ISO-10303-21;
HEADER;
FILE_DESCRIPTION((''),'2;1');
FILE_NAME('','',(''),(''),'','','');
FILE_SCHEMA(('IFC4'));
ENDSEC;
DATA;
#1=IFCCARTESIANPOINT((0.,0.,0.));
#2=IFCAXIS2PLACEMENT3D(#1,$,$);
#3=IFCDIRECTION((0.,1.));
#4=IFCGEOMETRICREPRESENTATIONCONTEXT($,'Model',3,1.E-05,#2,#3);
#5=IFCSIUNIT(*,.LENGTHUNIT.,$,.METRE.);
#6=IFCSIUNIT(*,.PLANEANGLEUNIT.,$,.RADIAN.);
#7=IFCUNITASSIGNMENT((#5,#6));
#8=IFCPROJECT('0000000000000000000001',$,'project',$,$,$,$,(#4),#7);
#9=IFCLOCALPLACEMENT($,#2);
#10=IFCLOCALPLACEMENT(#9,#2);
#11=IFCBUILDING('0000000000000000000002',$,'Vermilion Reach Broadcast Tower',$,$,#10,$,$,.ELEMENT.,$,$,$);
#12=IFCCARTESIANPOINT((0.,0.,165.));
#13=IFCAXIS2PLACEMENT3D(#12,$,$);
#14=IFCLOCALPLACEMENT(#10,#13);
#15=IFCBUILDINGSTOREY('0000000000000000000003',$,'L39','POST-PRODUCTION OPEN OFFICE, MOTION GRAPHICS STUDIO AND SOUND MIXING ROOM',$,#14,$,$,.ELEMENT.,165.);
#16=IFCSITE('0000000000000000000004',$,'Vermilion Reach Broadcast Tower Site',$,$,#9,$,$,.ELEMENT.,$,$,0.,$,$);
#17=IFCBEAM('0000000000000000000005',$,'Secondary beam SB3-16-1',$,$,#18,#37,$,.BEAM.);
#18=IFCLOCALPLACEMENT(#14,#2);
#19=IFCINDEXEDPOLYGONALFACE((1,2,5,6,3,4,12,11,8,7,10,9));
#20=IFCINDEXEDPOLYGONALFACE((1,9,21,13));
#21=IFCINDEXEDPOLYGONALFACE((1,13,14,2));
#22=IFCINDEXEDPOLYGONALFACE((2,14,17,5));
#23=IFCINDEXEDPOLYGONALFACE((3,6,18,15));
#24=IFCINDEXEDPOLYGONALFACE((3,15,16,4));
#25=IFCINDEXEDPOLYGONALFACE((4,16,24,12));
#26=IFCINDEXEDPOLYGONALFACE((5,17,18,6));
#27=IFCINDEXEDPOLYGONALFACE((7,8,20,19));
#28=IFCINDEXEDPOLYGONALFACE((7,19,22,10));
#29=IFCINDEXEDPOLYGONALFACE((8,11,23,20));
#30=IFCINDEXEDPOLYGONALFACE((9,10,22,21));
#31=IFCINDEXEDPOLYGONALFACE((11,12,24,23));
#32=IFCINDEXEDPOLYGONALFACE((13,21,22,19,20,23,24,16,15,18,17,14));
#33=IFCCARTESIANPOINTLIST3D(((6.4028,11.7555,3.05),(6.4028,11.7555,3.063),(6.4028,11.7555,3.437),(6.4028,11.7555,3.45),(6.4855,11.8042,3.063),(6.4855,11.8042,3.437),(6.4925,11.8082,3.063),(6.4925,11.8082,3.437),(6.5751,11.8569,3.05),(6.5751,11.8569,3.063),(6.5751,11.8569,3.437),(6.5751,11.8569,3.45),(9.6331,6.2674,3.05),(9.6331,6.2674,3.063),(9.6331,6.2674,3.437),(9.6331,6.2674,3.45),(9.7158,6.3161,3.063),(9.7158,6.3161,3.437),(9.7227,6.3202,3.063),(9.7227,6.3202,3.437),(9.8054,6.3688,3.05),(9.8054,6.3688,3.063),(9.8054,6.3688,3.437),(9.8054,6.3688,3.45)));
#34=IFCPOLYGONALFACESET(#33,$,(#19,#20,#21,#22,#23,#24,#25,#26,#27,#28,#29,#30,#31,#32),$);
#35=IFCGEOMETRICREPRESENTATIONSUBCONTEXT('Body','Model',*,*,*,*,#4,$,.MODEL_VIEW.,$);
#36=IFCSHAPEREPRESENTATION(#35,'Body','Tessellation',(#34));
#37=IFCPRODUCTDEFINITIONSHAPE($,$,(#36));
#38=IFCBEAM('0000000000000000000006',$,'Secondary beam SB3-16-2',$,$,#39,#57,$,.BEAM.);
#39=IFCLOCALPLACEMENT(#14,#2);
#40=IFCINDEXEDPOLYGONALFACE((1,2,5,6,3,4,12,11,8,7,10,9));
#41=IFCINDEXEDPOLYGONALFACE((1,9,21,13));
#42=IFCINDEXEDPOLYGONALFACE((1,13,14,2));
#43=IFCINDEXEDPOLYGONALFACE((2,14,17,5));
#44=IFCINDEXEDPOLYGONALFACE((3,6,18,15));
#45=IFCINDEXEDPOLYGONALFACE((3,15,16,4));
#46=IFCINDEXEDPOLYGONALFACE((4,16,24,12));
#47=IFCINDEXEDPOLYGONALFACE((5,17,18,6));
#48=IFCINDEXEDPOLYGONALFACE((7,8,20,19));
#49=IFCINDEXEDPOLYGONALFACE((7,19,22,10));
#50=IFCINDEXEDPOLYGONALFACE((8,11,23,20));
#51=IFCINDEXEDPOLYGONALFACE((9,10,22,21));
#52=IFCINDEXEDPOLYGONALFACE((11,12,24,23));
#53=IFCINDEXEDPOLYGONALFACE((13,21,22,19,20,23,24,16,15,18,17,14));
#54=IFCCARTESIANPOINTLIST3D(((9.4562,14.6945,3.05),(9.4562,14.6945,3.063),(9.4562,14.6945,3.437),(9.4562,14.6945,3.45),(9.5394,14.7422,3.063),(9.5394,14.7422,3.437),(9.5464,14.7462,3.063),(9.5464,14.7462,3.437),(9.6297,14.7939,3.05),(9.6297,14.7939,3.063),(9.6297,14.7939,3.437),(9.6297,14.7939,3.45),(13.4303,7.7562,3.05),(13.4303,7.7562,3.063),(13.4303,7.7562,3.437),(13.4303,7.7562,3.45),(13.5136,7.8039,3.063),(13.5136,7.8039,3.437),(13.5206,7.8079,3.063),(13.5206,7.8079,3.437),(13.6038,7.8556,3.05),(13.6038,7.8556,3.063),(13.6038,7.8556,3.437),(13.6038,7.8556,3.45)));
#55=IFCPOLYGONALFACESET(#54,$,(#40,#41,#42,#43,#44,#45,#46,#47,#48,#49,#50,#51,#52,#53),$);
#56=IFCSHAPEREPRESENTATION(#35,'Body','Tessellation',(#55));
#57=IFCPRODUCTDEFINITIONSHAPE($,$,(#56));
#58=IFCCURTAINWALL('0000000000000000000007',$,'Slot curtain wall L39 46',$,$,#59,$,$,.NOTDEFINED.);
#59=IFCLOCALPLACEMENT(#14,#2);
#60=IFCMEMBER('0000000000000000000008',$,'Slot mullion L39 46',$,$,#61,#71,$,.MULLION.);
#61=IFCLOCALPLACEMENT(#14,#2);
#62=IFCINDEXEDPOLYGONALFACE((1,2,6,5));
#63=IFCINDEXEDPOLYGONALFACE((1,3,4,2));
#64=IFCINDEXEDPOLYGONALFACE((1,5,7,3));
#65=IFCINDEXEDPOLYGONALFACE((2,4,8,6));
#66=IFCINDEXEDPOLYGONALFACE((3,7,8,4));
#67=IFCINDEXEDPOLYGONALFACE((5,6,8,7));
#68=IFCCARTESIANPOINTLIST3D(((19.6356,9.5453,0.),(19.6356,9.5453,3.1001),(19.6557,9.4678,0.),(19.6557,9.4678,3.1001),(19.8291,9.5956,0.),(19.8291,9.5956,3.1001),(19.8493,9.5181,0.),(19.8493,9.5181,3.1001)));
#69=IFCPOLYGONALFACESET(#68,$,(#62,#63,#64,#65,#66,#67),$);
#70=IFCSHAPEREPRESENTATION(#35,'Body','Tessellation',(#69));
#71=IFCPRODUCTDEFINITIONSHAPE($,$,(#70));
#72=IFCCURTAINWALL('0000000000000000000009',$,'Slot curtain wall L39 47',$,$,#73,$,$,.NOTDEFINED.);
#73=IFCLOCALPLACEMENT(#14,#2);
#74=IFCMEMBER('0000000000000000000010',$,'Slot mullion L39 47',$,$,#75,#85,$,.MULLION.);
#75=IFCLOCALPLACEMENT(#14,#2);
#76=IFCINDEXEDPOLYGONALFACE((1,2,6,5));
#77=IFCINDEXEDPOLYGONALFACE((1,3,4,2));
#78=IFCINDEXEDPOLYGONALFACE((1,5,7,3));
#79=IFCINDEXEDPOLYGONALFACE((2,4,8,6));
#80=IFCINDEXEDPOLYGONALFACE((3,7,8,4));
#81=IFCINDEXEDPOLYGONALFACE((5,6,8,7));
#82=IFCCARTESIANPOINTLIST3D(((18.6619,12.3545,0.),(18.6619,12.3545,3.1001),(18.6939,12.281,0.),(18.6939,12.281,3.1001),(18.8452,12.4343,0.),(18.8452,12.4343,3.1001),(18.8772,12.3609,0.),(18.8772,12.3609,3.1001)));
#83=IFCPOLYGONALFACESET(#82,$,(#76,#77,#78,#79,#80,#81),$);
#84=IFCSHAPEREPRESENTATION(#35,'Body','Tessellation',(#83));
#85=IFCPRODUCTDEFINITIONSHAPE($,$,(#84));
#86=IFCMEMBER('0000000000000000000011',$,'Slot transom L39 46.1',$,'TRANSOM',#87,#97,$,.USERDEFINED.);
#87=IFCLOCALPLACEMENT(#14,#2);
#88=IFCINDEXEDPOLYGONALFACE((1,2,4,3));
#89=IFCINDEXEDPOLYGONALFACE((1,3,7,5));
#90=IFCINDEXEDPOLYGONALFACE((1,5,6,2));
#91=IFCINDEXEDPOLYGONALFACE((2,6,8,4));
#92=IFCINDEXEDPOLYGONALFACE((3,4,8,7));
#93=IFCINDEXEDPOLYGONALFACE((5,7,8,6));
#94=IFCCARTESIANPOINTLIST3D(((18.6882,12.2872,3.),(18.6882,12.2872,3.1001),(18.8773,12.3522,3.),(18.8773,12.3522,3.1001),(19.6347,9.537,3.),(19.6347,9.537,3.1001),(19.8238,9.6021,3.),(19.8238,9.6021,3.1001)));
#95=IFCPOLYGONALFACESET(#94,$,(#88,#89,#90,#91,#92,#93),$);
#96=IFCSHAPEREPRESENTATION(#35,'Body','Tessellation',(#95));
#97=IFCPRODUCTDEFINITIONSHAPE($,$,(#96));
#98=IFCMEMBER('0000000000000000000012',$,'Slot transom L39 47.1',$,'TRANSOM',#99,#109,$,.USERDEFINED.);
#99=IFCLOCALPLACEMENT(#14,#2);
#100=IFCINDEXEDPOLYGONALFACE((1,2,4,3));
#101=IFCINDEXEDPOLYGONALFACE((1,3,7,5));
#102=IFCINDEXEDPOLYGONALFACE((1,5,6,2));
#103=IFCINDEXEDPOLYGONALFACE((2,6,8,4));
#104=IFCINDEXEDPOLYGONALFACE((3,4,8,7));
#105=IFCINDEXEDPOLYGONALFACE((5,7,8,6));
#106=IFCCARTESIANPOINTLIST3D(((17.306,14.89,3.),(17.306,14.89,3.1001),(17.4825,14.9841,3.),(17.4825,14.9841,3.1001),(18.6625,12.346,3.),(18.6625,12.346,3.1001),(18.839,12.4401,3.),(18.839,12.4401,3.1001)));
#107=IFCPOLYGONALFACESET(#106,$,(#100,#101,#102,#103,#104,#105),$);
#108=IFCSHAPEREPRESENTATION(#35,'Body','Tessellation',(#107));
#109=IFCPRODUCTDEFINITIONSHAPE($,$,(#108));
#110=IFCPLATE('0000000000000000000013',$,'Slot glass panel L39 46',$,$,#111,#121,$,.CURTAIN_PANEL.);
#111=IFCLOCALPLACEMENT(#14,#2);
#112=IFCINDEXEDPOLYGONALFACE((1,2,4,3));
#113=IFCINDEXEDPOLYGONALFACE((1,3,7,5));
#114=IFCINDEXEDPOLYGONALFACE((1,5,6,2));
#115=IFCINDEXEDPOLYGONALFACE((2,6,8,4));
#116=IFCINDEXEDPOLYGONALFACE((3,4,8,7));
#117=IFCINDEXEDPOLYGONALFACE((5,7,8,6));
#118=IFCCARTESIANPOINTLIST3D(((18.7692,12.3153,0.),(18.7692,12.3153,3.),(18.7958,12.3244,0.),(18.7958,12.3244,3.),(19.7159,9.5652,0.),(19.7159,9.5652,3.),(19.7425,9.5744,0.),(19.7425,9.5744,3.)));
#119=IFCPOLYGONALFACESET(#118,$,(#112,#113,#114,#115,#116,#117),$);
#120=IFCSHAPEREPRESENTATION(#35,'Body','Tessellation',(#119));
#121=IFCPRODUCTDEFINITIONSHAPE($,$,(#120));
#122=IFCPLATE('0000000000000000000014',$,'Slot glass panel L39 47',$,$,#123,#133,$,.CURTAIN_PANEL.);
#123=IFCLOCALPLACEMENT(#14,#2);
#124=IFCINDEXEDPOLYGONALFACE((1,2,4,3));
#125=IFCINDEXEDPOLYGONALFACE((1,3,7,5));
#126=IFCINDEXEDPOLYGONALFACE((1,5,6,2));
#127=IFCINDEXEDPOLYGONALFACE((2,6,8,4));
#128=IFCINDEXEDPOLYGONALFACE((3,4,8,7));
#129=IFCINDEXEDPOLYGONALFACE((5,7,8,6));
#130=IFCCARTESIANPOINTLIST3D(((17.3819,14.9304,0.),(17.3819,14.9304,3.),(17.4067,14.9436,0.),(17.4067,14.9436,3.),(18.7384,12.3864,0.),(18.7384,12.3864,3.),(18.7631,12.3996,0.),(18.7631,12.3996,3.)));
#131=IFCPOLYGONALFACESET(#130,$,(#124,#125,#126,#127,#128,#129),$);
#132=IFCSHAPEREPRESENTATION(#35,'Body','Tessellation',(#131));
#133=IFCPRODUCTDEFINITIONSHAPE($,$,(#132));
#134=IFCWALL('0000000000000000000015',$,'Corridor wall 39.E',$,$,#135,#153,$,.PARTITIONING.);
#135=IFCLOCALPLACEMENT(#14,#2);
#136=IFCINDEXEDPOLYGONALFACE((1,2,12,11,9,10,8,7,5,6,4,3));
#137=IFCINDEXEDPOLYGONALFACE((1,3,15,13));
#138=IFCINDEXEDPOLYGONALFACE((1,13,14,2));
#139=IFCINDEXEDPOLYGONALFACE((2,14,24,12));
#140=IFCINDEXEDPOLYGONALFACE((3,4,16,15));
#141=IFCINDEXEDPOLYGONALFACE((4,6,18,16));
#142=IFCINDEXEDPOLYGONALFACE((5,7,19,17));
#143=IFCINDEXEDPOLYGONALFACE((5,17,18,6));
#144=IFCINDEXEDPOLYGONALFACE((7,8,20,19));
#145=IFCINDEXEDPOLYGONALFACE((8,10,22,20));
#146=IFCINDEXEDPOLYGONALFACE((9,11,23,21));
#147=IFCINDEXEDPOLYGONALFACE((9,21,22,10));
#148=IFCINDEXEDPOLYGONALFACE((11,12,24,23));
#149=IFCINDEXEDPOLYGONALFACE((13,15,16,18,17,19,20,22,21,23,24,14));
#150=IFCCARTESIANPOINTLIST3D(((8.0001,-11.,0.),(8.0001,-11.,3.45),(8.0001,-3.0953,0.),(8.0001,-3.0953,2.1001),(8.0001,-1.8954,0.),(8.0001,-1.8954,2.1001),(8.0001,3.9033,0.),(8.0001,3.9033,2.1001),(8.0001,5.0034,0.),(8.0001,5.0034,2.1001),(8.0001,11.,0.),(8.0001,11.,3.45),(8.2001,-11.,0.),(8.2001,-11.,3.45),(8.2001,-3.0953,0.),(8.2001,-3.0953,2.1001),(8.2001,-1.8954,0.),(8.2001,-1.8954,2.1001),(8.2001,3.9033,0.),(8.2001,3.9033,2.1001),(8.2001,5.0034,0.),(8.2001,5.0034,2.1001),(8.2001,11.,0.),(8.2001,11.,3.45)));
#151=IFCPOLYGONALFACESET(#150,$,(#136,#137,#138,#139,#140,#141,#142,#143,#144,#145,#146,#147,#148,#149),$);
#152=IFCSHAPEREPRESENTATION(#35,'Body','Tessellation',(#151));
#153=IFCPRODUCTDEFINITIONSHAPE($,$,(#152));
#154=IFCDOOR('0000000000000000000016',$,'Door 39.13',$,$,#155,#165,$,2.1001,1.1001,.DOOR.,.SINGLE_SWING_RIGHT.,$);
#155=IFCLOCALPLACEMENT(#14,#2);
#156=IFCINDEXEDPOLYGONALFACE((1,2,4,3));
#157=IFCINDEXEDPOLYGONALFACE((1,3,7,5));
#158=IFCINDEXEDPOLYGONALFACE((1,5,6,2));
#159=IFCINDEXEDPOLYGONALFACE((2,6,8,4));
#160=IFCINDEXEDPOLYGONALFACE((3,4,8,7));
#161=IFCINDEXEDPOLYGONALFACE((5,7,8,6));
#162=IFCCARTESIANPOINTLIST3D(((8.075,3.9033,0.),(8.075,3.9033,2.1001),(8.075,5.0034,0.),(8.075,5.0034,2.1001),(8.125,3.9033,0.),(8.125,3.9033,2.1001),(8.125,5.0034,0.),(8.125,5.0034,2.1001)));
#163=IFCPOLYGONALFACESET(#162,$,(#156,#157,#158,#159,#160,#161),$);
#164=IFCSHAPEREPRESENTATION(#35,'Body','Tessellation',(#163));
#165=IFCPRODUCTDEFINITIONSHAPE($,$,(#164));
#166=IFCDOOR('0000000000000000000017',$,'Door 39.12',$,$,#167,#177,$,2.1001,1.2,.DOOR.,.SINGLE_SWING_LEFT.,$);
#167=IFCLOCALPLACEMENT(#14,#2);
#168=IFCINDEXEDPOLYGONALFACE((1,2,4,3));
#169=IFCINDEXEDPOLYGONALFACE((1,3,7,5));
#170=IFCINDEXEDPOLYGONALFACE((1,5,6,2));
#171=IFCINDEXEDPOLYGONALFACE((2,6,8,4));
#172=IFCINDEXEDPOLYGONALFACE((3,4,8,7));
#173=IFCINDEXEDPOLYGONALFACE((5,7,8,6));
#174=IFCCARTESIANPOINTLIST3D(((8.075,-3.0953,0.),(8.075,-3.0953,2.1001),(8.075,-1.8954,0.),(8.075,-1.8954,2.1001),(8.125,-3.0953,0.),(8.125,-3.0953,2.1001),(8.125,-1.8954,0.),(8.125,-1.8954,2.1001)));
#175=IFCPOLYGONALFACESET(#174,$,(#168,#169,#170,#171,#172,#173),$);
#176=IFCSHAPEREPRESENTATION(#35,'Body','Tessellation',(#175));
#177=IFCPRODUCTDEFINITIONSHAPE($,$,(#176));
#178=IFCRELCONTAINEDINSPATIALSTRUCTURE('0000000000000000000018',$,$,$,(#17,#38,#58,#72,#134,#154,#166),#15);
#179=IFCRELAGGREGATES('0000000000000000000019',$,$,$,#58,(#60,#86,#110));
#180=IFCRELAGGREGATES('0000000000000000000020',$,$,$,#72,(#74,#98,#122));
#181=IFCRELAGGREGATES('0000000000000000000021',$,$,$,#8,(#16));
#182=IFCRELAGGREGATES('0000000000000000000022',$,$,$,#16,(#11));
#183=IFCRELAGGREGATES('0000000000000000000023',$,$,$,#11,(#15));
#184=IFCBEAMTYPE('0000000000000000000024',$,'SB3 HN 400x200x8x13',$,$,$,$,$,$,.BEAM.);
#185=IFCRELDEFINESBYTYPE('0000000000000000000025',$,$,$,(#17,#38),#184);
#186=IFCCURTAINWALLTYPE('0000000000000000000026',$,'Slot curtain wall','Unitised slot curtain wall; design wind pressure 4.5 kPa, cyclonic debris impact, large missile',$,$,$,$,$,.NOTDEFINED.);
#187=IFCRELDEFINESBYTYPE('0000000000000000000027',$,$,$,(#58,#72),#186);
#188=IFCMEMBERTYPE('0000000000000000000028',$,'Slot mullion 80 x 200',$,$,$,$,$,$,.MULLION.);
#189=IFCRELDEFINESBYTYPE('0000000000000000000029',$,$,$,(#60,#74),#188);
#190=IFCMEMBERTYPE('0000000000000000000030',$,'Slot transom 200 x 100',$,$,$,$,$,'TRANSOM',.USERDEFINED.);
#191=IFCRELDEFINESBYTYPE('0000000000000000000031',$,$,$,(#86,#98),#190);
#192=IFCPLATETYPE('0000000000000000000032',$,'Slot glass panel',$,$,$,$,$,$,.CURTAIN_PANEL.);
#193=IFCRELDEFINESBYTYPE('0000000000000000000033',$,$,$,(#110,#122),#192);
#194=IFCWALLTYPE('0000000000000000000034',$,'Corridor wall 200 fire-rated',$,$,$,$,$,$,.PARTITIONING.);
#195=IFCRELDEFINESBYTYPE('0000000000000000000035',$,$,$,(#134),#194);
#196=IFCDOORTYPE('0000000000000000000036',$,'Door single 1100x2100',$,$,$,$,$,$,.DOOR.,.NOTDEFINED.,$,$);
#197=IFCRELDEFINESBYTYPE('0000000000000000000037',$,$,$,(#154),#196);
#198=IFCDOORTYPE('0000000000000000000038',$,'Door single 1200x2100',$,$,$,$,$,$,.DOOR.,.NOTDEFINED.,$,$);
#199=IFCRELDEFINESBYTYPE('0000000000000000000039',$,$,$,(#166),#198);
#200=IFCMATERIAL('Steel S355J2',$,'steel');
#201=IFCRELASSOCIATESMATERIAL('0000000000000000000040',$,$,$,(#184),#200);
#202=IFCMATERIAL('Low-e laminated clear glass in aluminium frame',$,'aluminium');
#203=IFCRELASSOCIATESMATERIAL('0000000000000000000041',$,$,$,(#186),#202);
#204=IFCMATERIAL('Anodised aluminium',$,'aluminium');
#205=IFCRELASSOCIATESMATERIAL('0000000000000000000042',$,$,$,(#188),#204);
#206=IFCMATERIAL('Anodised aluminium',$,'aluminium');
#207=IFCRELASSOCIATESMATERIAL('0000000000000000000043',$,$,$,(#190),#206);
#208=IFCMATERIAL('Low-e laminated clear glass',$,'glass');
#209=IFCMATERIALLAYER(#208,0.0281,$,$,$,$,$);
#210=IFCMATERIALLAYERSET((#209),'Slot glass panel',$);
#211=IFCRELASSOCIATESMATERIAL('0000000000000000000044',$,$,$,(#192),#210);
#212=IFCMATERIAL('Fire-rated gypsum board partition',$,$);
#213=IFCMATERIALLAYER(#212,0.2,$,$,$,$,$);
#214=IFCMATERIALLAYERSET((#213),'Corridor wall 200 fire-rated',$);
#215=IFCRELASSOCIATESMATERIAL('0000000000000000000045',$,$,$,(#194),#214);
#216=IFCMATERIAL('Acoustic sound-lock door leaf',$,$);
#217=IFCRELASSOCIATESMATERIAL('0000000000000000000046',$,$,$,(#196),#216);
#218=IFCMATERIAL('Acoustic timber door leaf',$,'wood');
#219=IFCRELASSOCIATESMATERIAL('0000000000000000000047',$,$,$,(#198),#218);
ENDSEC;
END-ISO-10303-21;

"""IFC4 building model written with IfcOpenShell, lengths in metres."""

from ifc_helpers import new_model, si_unit, direction, frame, frame_2d, origin, origin_2d, place, context, subcontext, project, spatial, rectangle, i_section, extrude, material, layer, layer_set, material_profile, profile_set, type_object, element, fill, aggregate, save


model = new_model("IFC4")

# Units and contexts
model_context = context("Model", 3, precision=1e-05, world=origin(), true_north=direction((0.0, 1.0)))
body_context = subcontext(model_context, "Body", "Model", "MODEL_VIEW")
ifc_project = project(units=[si_unit("LENGTHUNIT", "METRE"), si_unit("PLANEANGLEUNIT", "RADIAN")], contexts=[model_context])

# Site, building, storey
site_placement = place(None, origin())
site = spatial("IfcSite", under=ifc_project, at=site_placement, Name="Vermilion Reach Broadcast Tower Site", CompositionType="ELEMENT", RefElevation=0.0)
building_placement = place(site_placement, origin())
building = spatial("IfcBuilding", under=site, at=building_placement, Name="Vermilion Reach Broadcast Tower", CompositionType="ELEMENT")
storey_placement = place(building_placement, frame((0.0, 0.0, 165.0)))
storey = spatial("IfcBuildingStorey", under=building, at=storey_placement, Name="L39", Description="POST-PRODUCTION OPEN OFFICE, MOTION GRAPHICS STUDIO AND SOUND MIXING ROOM", CompositionType="ELEMENT", Elevation=165.0)

# Beams
ifc_material_1 = material(Name="Steel S355J2", Category="steel")
ifc_material_profile_1 = material_profile(ifc_material_1, i_section(OverallWidth=0.2, OverallDepth=0.3999, WebThickness=0.0081, FlangeThickness=0.0129, at=origin_2d()), Name="S355J2 HN 400x200x8x13")
ifc_profile_set_1 = profile_set([ifc_material_profile_1], Name="Steel S355J2")
beam_type_1 = type_object("IfcBeamType", Name="SB3 HN 400x200x8x13", PredefinedType="BEAM", material=ifc_profile_set_1)
beam_1_placement = place(storey_placement, frame((9.7192, 6.3181, 3.25), z_axis=(-0.50725, 0.861799, 0.0), x_axis=(-0.861799, -0.50725, 0.0)))
element("IfcBeam", 1, at=beam_1_placement, inside=storey, type_object=beam_type_1, Name="Secondary beam SB3-16-1", PredefinedType="BEAM", context=body_context, shape_type="SweptSolid", body=[
    extrude(i_section(OverallWidth=0.2, OverallDepth=0.3999, WebThickness=0.0081, FlangeThickness=0.0129, at=origin_2d()), origin(), (0.0, 0.0, 1.0), 6.3682),
])
beam_2_placement = place(storey_placement, frame((13.5171, 7.8059, 3.25), z_axis=(-0.497027, 0.867735, 0.0), x_axis=(-0.867735, -0.497027, 0.0)))
element("IfcBeam", 2, at=beam_2_placement, inside=storey, type_object=beam_type_1, Name="Secondary beam SB3-16-2", PredefinedType="BEAM", context=body_context, shape_type="SweptSolid", body=[
    extrude(i_section(OverallWidth=0.2, OverallDepth=0.3999, WebThickness=0.0081, FlangeThickness=0.0129, at=origin_2d()), origin(), (0.0, 0.0, 1.0), 7.9958),
])

# Curtain walls, members
ifc_material_2 = material(Name="Low-e laminated clear glass in aluminium frame", Category="aluminium")
curtain_wall_type = type_object("IfcCurtainWallType", Name="Slot curtain wall", Description="Unitised slot curtain wall; design wind pressure 4.5 kPa, cyclonic debris impact, large missile", PredefinedType="NOTDEFINED", material=ifc_material_2)
placement = place(storey_placement, origin())
curtain_wall_1 = element("IfcCurtainWall", 3, at=placement, inside=storey, type_object=curtain_wall_type, Name="Slot curtain wall L39 46", PredefinedType="NOTDEFINED")
ifc_material_3 = material(Name="Anodised aluminium", Category="aluminium")
ifc_material_profile_2 = material_profile(ifc_material_3, rectangle(XDim=0.2, YDim=0.0801, at=origin_2d()), Name="Slot mullion 80 x 200")
ifc_profile_set_2 = profile_set([ifc_material_profile_2], Name="Anodised aluminium")
member_type_1 = type_object("IfcMemberType", Name="Slot mullion 80 x 200", PredefinedType="MULLION", material=ifc_profile_set_2)
member_1_placement = place(storey_placement, frame((19.7424, 9.5317, 0.0), z_axis=(0.0, 0.0, 1.0), x_axis=(-0.967856, -0.251505, 0.0)))
member_1 = element("IfcMember", 4, at=member_1_placement, type_object=member_type_1, Name="Slot mullion L39 46", PredefinedType="MULLION", context=body_context, shape_type="SweptSolid", body=[
    extrude(rectangle(XDim=0.2, YDim=0.0801, at=origin_2d()), origin(), (0.0, 0.0, 1.0), 3.1001),
])
curtain_wall_2 = element("IfcCurtainWall", 5, at=placement, inside=storey, type_object=curtain_wall_type, Name="Slot curtain wall L39 47", PredefinedType="NOTDEFINED")
member_2_placement = place(storey_placement, frame((18.7695, 12.3577, 0.0), z_axis=(0.0, 0.0, 1.0), x_axis=(-0.916843, -0.399247, 0.0)))
member_2 = element("IfcMember", 6, at=member_2_placement, type_object=member_type_1, Name="Slot mullion L39 47", PredefinedType="MULLION", context=body_context, shape_type="SweptSolid", body=[
    extrude(rectangle(XDim=0.2, YDim=0.0801, at=origin_2d()), origin(), (0.0, 0.0, 1.0), 3.1001),
])

# Members
ifc_material_4 = material(Name="Anodised aluminium", Category="aluminium")
ifc_material_profile_3 = material_profile(ifc_material_4, rectangle(XDim=0.2, YDim=0.1001, at=origin_2d()), Name="Slot transom 200 x 100")
ifc_profile_set_3 = profile_set([ifc_material_profile_3], Name="Anodised aluminium")
member_type_2 = type_object("IfcMemberType", Name="Slot transom 200 x 100", ElementType="TRANSOM", PredefinedType="USERDEFINED", material=ifc_profile_set_3)
member_3_placement = place(storey_placement, frame((19.7292, 9.5696, 3.05), z_axis=(-0.325429, 0.945566, 0.0), x_axis=(-0.945566, -0.325429, 0.0)))
member_3 = element("IfcMember", 7, at=member_3_placement, type_object=member_type_2, Name="Slot transom L39 46.1", ObjectType="TRANSOM", PredefinedType="USERDEFINED", context=body_context, shape_type="SweptSolid", body=[
    extrude(rectangle(XDim=0.2, YDim=0.1001, at=origin_2d()), origin(), (0.0, 0.0, 1.0), 2.9084),
])
member_4_placement = place(storey_placement, frame((18.7507, 12.3931, 3.05), z_axis=(-0.4705, 0.8824, 0.0), x_axis=(-0.8824, -0.4705, 0.0)))
member_4 = element("IfcMember", 8, at=member_4_placement, type_object=member_type_2, Name="Slot transom L39 47.1", ObjectType="TRANSOM", PredefinedType="USERDEFINED", context=body_context, shape_type="SweptSolid", body=[
    extrude(rectangle(XDim=0.2, YDim=0.1001, at=origin_2d()), origin(), (0.0, 0.0, 1.0), 2.8831),
])

# Plates
ifc_material_5 = material(Name="Low-e laminated clear glass", Category="glass")
ifc_layer_1 = layer(ifc_material_5, 0.0281)
ifc_layer_set_1 = layer_set([ifc_layer_1], Name="Slot glass panel")
plate_type = type_object("IfcPlateType", Name="Slot glass panel", PredefinedType="CURTAIN_PANEL", material=ifc_layer_set_1)
plate_1_placement = place(storey_placement, frame((19.2559, 10.9448, 0.0), z_axis=(0.0, 0.0, 1.0), x_axis=(-0.325493, 0.945544, 0.0)))
plate_1 = element("IfcPlate", 9, at=plate_1_placement, type_object=plate_type, Name="Slot glass panel L39 46", PredefinedType="CURTAIN_PANEL", context=body_context, shape_type="SweptSolid", body=[
    extrude(rectangle(XDim=2.9084, YDim=0.0281, at=origin_2d()), origin(), (0.0, 0.0, 1.0), 3.0),
])
aggregate(curtain_wall_1, [member_1, member_3, plate_1])
plate_2_placement = place(storey_placement, frame((18.0725, 13.665, 0.0), z_axis=(0.0, 0.0, 1.0), x_axis=(-0.4705, 0.8824, 0.0)))
plate_2 = element("IfcPlate", 10, at=plate_2_placement, type_object=plate_type, Name="Slot glass panel L39 47", PredefinedType="CURTAIN_PANEL", context=body_context, shape_type="SweptSolid", body=[
    extrude(rectangle(XDim=2.8831, YDim=0.0281, at=origin_2d()), origin(), (0.0, 0.0, 1.0), 3.0),
])
aggregate(curtain_wall_2, [member_2, member_4, plate_2])

# Wall, openings, doors
ifc_material_6 = material(Name="Fire-rated gypsum board partition")
ifc_layer_2 = layer(ifc_material_6, 0.2)
ifc_layer_set_2 = layer_set([ifc_layer_2], Name="Corridor wall 200 fire-rated")
wall_type_1 = type_object("IfcWallType", Name="Corridor wall 200 fire-rated", PredefinedType="PARTITIONING", material=ifc_layer_set_2)
wall_1_placement = place(storey_placement, frame((8.1001, 11.0, 0.0), z_axis=(0.0, 0.0, 1.0), x_axis=(0.0, -1.0, 0.0)))
wall_1 = element("IfcWall", 11, at=wall_1_placement, inside=storey, type_object=wall_type_1, Name="Corridor wall 39.E", PredefinedType="PARTITIONING", context=body_context, shape_type="SweptSolid", body=[
    extrude(rectangle(XDim=22.0, YDim=0.2, at=frame_2d((11.0, 0.0))), origin(), (0.0, 0.0, 1.0), 3.45),
])
opening_1_placement = place(wall_1_placement, frame((12.8953, 0.0, 0.0)))
opening_1 = element("IfcOpeningElement", 12, at=opening_1_placement, cuts=wall_1, PredefinedType="OPENING", context=body_context, shape_type="SweptSolid", body=[
    extrude(rectangle(XDim=1.2, YDim=2.1001, at=frame_2d((0.6001, 1.05))), frame((0.0, 0.1099, 0.0), z_axis=(0.0, -1.0, 0.0), x_axis=(1.0, 0.0, 0.0)), (0.0, 0.0, 1.0), 0.22),
])
opening_2_placement = place(wall_1_placement, frame((5.9966, 0.0, 0.0)))
opening_2 = element("IfcOpeningElement", 13, at=opening_2_placement, cuts=wall_1, PredefinedType="OPENING", context=body_context, shape_type="SweptSolid", body=[
    extrude(rectangle(XDim=1.1001, YDim=2.1001, at=frame_2d((0.55, 1.05))), frame((0.0, 0.1099, 0.0), z_axis=(0.0, -1.0, 0.0), x_axis=(1.0, 0.0, 0.0)), (0.0, 0.0, 1.0), 0.22),
])
ifc_material_7 = material(Name="Acoustic sound-lock door leaf")
door_type_1 = type_object("IfcDoorType", Name="Door single 1100x2100", OperationType="NOTDEFINED", PredefinedType="DOOR", material=ifc_material_7)
door_1_placement = place(opening_2_placement, origin())
door_1 = element("IfcDoor", 14, at=door_1_placement, inside=storey, type_object=door_type_1, Name="Door 39.13", OperationType="SINGLE_SWING_RIGHT", OverallHeight=2.1001, OverallWidth=1.1001, PredefinedType="DOOR", context=body_context, shape_type="SweptSolid", body=[
    extrude(rectangle(XDim=1.1001, YDim=2.1001, at=frame_2d((0.55, 1.05))), frame((0.0, 0.0249, 0.0), z_axis=(0.0, -1.0, 0.0), x_axis=(1.0, 0.0, 0.0)), (0.0, 0.0, 1.0), 0.05),
])
fill(opening_2, door_1)
ifc_material_8 = material(Name="Acoustic timber door leaf", Category="wood")
door_type_2 = type_object("IfcDoorType", Name="Door single 1200x2100", OperationType="NOTDEFINED", PredefinedType="DOOR", material=ifc_material_8)
door_2_placement = place(opening_1_placement, origin())
door_2 = element("IfcDoor", 15, at=door_2_placement, inside=storey, type_object=door_type_2, Name="Door 39.12", OperationType="SINGLE_SWING_LEFT", OverallHeight=2.1001, OverallWidth=1.2, PredefinedType="DOOR", context=body_context, shape_type="SweptSolid", body=[
    extrude(rectangle(XDim=1.2, YDim=2.1001, at=frame_2d((0.6001, 1.05))), frame((0.0, 0.0249, 0.0), z_axis=(0.0, -1.0, 0.0), x_axis=(1.0, 0.0, 0.0)), (0.0, 0.0, 1.0), 0.05),
])
fill(opening_1, door_2)

save(model, "model.ifc")
